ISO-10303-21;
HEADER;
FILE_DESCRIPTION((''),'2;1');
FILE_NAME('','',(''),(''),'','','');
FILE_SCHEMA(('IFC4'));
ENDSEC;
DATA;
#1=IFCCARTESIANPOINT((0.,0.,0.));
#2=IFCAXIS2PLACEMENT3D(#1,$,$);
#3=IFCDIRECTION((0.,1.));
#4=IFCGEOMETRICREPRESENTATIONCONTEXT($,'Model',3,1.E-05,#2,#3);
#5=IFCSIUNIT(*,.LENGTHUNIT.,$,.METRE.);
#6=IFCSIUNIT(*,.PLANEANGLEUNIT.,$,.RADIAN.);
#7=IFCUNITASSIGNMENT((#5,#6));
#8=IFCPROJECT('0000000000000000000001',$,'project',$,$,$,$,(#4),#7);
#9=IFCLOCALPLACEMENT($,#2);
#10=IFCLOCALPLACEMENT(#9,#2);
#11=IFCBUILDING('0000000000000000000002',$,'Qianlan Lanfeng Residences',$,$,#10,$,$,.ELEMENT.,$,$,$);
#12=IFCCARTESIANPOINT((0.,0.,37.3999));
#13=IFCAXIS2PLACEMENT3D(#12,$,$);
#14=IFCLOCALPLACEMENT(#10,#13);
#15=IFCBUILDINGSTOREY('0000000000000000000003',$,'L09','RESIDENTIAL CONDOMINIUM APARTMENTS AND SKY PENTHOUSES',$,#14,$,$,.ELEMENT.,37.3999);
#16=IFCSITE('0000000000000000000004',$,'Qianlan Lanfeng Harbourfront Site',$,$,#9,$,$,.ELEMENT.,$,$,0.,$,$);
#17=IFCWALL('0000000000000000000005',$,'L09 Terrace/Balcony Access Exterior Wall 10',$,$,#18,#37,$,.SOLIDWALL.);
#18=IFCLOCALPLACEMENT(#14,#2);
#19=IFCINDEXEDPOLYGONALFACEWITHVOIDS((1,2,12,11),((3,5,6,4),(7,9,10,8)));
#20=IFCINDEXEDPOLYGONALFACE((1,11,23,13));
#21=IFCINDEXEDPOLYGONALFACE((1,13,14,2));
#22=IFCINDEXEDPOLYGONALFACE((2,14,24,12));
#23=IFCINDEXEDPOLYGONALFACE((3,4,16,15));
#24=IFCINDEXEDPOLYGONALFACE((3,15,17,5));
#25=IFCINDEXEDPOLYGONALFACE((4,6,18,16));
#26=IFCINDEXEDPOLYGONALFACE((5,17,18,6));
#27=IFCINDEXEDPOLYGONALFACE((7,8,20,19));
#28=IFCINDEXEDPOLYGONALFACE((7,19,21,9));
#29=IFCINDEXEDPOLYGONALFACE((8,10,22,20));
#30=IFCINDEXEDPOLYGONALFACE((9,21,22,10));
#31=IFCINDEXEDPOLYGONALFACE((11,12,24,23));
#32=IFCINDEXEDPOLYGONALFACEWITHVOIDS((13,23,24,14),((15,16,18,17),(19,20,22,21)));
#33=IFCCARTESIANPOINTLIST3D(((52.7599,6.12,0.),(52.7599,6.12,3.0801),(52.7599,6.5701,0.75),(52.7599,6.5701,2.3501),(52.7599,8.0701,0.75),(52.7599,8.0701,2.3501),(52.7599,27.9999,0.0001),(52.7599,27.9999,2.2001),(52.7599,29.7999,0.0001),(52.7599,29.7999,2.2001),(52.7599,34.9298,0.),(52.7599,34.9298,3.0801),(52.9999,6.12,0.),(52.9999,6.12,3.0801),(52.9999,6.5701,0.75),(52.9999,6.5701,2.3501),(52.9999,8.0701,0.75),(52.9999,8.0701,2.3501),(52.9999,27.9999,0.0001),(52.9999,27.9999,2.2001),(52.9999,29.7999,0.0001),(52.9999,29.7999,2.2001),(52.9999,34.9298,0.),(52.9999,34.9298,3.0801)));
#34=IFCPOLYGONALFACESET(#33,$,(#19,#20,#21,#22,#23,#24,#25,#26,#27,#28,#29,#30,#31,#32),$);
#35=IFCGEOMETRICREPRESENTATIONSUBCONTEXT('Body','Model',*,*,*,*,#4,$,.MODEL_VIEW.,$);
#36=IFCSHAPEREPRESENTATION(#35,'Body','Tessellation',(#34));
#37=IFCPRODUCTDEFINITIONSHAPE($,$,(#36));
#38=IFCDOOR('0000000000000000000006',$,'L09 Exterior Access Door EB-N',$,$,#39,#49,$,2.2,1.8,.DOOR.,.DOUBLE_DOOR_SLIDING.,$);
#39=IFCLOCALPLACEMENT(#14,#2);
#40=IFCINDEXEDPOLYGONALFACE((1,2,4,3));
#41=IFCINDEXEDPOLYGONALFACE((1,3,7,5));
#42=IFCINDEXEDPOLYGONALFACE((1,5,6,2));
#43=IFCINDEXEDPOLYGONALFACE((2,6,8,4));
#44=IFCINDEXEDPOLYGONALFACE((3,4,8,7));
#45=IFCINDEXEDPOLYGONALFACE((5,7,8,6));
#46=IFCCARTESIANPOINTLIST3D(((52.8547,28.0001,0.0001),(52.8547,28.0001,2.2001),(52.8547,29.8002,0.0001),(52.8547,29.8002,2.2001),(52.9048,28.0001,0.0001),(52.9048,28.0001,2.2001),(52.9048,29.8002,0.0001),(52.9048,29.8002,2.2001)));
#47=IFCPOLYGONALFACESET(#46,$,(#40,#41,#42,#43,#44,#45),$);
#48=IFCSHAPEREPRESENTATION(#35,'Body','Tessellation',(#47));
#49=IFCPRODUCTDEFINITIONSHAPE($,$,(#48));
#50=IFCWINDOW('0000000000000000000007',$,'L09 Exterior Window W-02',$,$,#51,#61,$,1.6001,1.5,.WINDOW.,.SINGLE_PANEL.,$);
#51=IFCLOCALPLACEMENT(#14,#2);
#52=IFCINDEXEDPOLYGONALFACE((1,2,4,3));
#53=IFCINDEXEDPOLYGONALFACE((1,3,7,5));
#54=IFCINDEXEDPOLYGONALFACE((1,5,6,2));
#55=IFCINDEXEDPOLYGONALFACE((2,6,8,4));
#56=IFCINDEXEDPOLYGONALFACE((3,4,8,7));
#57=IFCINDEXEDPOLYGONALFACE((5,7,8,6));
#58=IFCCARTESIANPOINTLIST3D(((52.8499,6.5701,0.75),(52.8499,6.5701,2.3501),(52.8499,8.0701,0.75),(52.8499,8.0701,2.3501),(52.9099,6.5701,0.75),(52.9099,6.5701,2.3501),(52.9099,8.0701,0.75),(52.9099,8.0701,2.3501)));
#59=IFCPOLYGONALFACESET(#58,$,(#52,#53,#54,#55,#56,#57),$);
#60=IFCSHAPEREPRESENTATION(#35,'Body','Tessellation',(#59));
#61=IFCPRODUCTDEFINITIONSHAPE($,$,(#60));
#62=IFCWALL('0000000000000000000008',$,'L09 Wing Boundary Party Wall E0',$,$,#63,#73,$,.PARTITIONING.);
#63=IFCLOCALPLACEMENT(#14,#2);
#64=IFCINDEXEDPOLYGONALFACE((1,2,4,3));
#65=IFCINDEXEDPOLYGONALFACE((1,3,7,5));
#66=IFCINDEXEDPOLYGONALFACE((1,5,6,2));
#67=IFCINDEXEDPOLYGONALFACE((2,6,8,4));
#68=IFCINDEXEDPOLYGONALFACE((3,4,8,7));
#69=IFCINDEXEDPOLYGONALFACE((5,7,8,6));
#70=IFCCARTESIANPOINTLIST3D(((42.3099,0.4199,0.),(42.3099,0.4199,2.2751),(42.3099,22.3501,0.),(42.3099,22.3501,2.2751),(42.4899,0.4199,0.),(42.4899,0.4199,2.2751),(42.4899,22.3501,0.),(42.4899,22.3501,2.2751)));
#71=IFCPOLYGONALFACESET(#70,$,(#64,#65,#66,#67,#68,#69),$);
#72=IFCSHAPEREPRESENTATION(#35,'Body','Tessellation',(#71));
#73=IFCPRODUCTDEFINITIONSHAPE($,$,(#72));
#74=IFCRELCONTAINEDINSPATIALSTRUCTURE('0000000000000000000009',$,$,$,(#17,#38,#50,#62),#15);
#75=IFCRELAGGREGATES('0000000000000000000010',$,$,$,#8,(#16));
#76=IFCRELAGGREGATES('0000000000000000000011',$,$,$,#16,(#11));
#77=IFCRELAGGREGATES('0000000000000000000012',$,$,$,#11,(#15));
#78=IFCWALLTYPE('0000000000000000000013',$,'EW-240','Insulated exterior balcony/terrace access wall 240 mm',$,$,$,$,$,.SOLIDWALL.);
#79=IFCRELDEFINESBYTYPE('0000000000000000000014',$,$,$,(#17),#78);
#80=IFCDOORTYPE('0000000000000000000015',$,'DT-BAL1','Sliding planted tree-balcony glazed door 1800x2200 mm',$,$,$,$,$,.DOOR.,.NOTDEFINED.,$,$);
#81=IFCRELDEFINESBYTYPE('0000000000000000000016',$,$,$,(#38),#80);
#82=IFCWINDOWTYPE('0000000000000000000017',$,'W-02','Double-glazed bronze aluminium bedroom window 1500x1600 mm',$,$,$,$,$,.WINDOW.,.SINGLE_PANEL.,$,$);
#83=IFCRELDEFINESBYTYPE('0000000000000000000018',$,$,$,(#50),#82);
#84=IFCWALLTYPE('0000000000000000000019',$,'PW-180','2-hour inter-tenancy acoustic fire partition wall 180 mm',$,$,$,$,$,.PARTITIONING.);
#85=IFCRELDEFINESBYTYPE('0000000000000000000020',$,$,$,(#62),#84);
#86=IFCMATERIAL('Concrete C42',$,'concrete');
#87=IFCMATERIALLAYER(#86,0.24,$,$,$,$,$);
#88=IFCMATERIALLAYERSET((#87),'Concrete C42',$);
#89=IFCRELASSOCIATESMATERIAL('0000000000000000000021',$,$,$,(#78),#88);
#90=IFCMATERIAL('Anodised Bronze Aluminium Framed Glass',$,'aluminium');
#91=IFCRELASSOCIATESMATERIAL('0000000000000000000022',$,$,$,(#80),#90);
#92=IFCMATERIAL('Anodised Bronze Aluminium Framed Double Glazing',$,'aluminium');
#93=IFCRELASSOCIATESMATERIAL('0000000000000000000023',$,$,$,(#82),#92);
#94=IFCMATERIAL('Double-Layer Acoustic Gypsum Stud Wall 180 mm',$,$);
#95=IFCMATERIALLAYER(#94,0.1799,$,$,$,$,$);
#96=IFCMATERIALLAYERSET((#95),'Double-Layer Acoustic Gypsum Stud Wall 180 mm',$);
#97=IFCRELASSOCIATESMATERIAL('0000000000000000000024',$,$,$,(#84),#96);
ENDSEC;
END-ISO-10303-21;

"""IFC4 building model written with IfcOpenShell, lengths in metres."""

from ifc_helpers import new_model, si_unit, direction, frame, frame_2d, origin, place, context, subcontext, project, spatial, rectangle, extrude, material, layer, layer_set, type_object, element, fill, save


model = new_model("IFC4")

# Units and contexts
model_context = context("Model", 3, precision=1e-05, world=origin(), true_north=direction((0.0, 1.0)))
body_context = subcontext(model_context, "Body", "Model", "MODEL_VIEW")
ifc_project = project(units=[si_unit("LENGTHUNIT", "METRE"), si_unit("PLANEANGLEUNIT", "RADIAN")], contexts=[model_context])

# Site, building, storey
site_placement = place(None, origin())
site = spatial("IfcSite", under=ifc_project, at=site_placement, Name="Qianlan Lanfeng Harbourfront Site", CompositionType="ELEMENT", RefElevation=0.0)
building_placement = place(site_placement, origin())
building = spatial("IfcBuilding", under=site, at=building_placement, Name="Qianlan Lanfeng Residences", CompositionType="ELEMENT")
storey_placement = place(building_placement, frame((0.0, 0.0, 37.3999)))
storey = spatial("IfcBuildingStorey", under=building, at=storey_placement, Name="L09", Description="RESIDENTIAL CONDOMINIUM APARTMENTS AND SKY PENTHOUSES", CompositionType="ELEMENT", Elevation=37.3999)

# Shared definitions
ifc_material_1 = material(Name="Concrete C42", Category="concrete")
ifc_layer_1 = layer(ifc_material_1, 0.24)
ifc_layer_set_1 = layer_set([ifc_layer_1], Name="Concrete C42")
wall_type_1 = type_object("IfcWallType", Name="EW-240", Description="Insulated exterior balcony/terrace access wall 240 mm", PredefinedType="SOLIDWALL", material=ifc_layer_set_1)
ifc_material_2 = material(Name="Anodised Bronze Aluminium Framed Double Glazing", Category="aluminium")

# Wall, openings, door, window
wall_1_placement = place(storey_placement, frame((52.8799, 6.1201, 0.0), z_axis=(0.0, 0.0, 1.0), x_axis=(0.0, 1.0, 0.0)))
wall_1 = element("IfcWall", 1, at=wall_1_placement, inside=storey, type_object=wall_type_1, Name="L09 Terrace/Balcony Access Exterior Wall 10", PredefinedType="SOLIDWALL", context=body_context, shape_type="SweptSolid", body=[
    extrude(rectangle(XDim=28.8098, YDim=0.24, at=frame_2d((14.4048, 0.0))), origin(), (0.0, 0.0, 1.0), 3.0801),
])
opening_1_placement = place(wall_1_placement, frame((21.8799, 0.0, 0.0)))
opening_1 = element("IfcOpeningElement", 2, at=opening_1_placement, cuts=wall_1, PredefinedType="OPENING", context=body_context, shape_type="SweptSolid", body=[
    extrude(rectangle(XDim=1.8, YDim=2.2, at=frame_2d((0.8999, 1.1001))), frame((0.0, 0.1299, 0.0), z_axis=(0.0, -1.0, 0.0), x_axis=(1.0, 0.0, 0.0)), (0.0, 0.0, 1.0), 0.26),
])
opening_2_placement = place(wall_1_placement, frame((0.45, 0.0, 0.75)))
opening_2 = element("IfcOpeningElement", 3, at=opening_2_placement, cuts=wall_1, PredefinedType="OPENING", context=body_context, shape_type="SweptSolid", body=[
    extrude(rectangle(XDim=1.5, YDim=1.6001, at=frame_2d((0.75, 0.8))), frame((0.0, 0.1299, 0.0), z_axis=(0.0, -1.0, 0.0), x_axis=(1.0, 0.0, 0.0)), (0.0, 0.0, 1.0), 0.26),
])
ifc_material_3 = material(Name="Anodised Bronze Aluminium Framed Glass", Category="aluminium")
door_type = type_object("IfcDoorType", Name="DT-BAL1", Description="Sliding planted tree-balcony glazed door 1800x2200 mm", OperationType="NOTDEFINED", PredefinedType="DOOR", material=ifc_material_3)
door_placement = place(opening_1_placement, frame((1.8, 0.0, 0.0), z_axis=(0.0, 0.0, 1.0), x_axis=(-1.0, 0.0, 0.0)))
door = element("IfcDoor", 4, at=door_placement, inside=storey, type_object=door_type, Name="L09 Exterior Access Door EB-N", OperationType="DOUBLE_DOOR_SLIDING", OverallHeight=2.2, OverallWidth=1.8, PredefinedType="DOOR", context=body_context, shape_type="SweptSolid", body=[
    extrude(rectangle(XDim=1.8, YDim=2.2, at=frame_2d((0.8999, 1.1001))), frame((0.0, 0.0249, 0.0), z_axis=(0.0, -1.0, 0.0), x_axis=(1.0, 0.0, 0.0)), (0.0, 0.0, 1.0), 0.05),
])
fill(opening_1, door)
window_type_1 = type_object("IfcWindowType", Name="W-02", Description="Double-glazed bronze aluminium bedroom window 1500x1600 mm", PartitioningType="SINGLE_PANEL", PredefinedType="WINDOW", material=ifc_material_2)
window_1_placement = place(opening_2_placement, origin())
window_1 = element("IfcWindow", 5, at=window_1_placement, inside=storey, type_object=window_type_1, Name="L09 Exterior Window W-02", OverallHeight=1.6001, OverallWidth=1.5, PartitioningType="SINGLE_PANEL", PredefinedType="WINDOW", context=body_context, shape_type="SweptSolid", body=[
    extrude(rectangle(XDim=1.5, YDim=1.6001, at=frame_2d((0.75, 0.8))), frame((0.0, 0.03, 0.0), z_axis=(0.0, -1.0, 0.0), x_axis=(1.0, 0.0, 0.0)), (0.0, 0.0, 1.0), 0.0601),
])
fill(opening_2, window_1)

# Wall
ifc_material_4 = material(Name="Double-Layer Acoustic Gypsum Stud Wall 180 mm")
ifc_layer_2 = layer(ifc_material_4, 0.1799)
ifc_layer_set_2 = layer_set([ifc_layer_2], Name="Double-Layer Acoustic Gypsum Stud Wall 180 mm")
wall_type_2 = type_object("IfcWallType", Name="PW-180", Description="2-hour inter-tenancy acoustic fire partition wall 180 mm", PredefinedType="PARTITIONING", material=ifc_layer_set_2)
wall_2_placement = place(storey_placement, frame((42.3999, 0.4199, 0.0), z_axis=(0.0, 0.0, 1.0), x_axis=(0.0, 1.0, 0.0)))
element("IfcWall", 6, at=wall_2_placement, inside=storey, type_object=wall_type_2, Name="L09 Wing Boundary Party Wall E0", PredefinedType="PARTITIONING", context=body_context, shape_type="SweptSolid", body=[
    extrude(rectangle(XDim=21.9302, YDim=0.1799, at=frame_2d((10.9651, 0.0))), origin(), (0.0, 0.0, 1.0), 2.2751),
])

save(model, "model.ifc")
